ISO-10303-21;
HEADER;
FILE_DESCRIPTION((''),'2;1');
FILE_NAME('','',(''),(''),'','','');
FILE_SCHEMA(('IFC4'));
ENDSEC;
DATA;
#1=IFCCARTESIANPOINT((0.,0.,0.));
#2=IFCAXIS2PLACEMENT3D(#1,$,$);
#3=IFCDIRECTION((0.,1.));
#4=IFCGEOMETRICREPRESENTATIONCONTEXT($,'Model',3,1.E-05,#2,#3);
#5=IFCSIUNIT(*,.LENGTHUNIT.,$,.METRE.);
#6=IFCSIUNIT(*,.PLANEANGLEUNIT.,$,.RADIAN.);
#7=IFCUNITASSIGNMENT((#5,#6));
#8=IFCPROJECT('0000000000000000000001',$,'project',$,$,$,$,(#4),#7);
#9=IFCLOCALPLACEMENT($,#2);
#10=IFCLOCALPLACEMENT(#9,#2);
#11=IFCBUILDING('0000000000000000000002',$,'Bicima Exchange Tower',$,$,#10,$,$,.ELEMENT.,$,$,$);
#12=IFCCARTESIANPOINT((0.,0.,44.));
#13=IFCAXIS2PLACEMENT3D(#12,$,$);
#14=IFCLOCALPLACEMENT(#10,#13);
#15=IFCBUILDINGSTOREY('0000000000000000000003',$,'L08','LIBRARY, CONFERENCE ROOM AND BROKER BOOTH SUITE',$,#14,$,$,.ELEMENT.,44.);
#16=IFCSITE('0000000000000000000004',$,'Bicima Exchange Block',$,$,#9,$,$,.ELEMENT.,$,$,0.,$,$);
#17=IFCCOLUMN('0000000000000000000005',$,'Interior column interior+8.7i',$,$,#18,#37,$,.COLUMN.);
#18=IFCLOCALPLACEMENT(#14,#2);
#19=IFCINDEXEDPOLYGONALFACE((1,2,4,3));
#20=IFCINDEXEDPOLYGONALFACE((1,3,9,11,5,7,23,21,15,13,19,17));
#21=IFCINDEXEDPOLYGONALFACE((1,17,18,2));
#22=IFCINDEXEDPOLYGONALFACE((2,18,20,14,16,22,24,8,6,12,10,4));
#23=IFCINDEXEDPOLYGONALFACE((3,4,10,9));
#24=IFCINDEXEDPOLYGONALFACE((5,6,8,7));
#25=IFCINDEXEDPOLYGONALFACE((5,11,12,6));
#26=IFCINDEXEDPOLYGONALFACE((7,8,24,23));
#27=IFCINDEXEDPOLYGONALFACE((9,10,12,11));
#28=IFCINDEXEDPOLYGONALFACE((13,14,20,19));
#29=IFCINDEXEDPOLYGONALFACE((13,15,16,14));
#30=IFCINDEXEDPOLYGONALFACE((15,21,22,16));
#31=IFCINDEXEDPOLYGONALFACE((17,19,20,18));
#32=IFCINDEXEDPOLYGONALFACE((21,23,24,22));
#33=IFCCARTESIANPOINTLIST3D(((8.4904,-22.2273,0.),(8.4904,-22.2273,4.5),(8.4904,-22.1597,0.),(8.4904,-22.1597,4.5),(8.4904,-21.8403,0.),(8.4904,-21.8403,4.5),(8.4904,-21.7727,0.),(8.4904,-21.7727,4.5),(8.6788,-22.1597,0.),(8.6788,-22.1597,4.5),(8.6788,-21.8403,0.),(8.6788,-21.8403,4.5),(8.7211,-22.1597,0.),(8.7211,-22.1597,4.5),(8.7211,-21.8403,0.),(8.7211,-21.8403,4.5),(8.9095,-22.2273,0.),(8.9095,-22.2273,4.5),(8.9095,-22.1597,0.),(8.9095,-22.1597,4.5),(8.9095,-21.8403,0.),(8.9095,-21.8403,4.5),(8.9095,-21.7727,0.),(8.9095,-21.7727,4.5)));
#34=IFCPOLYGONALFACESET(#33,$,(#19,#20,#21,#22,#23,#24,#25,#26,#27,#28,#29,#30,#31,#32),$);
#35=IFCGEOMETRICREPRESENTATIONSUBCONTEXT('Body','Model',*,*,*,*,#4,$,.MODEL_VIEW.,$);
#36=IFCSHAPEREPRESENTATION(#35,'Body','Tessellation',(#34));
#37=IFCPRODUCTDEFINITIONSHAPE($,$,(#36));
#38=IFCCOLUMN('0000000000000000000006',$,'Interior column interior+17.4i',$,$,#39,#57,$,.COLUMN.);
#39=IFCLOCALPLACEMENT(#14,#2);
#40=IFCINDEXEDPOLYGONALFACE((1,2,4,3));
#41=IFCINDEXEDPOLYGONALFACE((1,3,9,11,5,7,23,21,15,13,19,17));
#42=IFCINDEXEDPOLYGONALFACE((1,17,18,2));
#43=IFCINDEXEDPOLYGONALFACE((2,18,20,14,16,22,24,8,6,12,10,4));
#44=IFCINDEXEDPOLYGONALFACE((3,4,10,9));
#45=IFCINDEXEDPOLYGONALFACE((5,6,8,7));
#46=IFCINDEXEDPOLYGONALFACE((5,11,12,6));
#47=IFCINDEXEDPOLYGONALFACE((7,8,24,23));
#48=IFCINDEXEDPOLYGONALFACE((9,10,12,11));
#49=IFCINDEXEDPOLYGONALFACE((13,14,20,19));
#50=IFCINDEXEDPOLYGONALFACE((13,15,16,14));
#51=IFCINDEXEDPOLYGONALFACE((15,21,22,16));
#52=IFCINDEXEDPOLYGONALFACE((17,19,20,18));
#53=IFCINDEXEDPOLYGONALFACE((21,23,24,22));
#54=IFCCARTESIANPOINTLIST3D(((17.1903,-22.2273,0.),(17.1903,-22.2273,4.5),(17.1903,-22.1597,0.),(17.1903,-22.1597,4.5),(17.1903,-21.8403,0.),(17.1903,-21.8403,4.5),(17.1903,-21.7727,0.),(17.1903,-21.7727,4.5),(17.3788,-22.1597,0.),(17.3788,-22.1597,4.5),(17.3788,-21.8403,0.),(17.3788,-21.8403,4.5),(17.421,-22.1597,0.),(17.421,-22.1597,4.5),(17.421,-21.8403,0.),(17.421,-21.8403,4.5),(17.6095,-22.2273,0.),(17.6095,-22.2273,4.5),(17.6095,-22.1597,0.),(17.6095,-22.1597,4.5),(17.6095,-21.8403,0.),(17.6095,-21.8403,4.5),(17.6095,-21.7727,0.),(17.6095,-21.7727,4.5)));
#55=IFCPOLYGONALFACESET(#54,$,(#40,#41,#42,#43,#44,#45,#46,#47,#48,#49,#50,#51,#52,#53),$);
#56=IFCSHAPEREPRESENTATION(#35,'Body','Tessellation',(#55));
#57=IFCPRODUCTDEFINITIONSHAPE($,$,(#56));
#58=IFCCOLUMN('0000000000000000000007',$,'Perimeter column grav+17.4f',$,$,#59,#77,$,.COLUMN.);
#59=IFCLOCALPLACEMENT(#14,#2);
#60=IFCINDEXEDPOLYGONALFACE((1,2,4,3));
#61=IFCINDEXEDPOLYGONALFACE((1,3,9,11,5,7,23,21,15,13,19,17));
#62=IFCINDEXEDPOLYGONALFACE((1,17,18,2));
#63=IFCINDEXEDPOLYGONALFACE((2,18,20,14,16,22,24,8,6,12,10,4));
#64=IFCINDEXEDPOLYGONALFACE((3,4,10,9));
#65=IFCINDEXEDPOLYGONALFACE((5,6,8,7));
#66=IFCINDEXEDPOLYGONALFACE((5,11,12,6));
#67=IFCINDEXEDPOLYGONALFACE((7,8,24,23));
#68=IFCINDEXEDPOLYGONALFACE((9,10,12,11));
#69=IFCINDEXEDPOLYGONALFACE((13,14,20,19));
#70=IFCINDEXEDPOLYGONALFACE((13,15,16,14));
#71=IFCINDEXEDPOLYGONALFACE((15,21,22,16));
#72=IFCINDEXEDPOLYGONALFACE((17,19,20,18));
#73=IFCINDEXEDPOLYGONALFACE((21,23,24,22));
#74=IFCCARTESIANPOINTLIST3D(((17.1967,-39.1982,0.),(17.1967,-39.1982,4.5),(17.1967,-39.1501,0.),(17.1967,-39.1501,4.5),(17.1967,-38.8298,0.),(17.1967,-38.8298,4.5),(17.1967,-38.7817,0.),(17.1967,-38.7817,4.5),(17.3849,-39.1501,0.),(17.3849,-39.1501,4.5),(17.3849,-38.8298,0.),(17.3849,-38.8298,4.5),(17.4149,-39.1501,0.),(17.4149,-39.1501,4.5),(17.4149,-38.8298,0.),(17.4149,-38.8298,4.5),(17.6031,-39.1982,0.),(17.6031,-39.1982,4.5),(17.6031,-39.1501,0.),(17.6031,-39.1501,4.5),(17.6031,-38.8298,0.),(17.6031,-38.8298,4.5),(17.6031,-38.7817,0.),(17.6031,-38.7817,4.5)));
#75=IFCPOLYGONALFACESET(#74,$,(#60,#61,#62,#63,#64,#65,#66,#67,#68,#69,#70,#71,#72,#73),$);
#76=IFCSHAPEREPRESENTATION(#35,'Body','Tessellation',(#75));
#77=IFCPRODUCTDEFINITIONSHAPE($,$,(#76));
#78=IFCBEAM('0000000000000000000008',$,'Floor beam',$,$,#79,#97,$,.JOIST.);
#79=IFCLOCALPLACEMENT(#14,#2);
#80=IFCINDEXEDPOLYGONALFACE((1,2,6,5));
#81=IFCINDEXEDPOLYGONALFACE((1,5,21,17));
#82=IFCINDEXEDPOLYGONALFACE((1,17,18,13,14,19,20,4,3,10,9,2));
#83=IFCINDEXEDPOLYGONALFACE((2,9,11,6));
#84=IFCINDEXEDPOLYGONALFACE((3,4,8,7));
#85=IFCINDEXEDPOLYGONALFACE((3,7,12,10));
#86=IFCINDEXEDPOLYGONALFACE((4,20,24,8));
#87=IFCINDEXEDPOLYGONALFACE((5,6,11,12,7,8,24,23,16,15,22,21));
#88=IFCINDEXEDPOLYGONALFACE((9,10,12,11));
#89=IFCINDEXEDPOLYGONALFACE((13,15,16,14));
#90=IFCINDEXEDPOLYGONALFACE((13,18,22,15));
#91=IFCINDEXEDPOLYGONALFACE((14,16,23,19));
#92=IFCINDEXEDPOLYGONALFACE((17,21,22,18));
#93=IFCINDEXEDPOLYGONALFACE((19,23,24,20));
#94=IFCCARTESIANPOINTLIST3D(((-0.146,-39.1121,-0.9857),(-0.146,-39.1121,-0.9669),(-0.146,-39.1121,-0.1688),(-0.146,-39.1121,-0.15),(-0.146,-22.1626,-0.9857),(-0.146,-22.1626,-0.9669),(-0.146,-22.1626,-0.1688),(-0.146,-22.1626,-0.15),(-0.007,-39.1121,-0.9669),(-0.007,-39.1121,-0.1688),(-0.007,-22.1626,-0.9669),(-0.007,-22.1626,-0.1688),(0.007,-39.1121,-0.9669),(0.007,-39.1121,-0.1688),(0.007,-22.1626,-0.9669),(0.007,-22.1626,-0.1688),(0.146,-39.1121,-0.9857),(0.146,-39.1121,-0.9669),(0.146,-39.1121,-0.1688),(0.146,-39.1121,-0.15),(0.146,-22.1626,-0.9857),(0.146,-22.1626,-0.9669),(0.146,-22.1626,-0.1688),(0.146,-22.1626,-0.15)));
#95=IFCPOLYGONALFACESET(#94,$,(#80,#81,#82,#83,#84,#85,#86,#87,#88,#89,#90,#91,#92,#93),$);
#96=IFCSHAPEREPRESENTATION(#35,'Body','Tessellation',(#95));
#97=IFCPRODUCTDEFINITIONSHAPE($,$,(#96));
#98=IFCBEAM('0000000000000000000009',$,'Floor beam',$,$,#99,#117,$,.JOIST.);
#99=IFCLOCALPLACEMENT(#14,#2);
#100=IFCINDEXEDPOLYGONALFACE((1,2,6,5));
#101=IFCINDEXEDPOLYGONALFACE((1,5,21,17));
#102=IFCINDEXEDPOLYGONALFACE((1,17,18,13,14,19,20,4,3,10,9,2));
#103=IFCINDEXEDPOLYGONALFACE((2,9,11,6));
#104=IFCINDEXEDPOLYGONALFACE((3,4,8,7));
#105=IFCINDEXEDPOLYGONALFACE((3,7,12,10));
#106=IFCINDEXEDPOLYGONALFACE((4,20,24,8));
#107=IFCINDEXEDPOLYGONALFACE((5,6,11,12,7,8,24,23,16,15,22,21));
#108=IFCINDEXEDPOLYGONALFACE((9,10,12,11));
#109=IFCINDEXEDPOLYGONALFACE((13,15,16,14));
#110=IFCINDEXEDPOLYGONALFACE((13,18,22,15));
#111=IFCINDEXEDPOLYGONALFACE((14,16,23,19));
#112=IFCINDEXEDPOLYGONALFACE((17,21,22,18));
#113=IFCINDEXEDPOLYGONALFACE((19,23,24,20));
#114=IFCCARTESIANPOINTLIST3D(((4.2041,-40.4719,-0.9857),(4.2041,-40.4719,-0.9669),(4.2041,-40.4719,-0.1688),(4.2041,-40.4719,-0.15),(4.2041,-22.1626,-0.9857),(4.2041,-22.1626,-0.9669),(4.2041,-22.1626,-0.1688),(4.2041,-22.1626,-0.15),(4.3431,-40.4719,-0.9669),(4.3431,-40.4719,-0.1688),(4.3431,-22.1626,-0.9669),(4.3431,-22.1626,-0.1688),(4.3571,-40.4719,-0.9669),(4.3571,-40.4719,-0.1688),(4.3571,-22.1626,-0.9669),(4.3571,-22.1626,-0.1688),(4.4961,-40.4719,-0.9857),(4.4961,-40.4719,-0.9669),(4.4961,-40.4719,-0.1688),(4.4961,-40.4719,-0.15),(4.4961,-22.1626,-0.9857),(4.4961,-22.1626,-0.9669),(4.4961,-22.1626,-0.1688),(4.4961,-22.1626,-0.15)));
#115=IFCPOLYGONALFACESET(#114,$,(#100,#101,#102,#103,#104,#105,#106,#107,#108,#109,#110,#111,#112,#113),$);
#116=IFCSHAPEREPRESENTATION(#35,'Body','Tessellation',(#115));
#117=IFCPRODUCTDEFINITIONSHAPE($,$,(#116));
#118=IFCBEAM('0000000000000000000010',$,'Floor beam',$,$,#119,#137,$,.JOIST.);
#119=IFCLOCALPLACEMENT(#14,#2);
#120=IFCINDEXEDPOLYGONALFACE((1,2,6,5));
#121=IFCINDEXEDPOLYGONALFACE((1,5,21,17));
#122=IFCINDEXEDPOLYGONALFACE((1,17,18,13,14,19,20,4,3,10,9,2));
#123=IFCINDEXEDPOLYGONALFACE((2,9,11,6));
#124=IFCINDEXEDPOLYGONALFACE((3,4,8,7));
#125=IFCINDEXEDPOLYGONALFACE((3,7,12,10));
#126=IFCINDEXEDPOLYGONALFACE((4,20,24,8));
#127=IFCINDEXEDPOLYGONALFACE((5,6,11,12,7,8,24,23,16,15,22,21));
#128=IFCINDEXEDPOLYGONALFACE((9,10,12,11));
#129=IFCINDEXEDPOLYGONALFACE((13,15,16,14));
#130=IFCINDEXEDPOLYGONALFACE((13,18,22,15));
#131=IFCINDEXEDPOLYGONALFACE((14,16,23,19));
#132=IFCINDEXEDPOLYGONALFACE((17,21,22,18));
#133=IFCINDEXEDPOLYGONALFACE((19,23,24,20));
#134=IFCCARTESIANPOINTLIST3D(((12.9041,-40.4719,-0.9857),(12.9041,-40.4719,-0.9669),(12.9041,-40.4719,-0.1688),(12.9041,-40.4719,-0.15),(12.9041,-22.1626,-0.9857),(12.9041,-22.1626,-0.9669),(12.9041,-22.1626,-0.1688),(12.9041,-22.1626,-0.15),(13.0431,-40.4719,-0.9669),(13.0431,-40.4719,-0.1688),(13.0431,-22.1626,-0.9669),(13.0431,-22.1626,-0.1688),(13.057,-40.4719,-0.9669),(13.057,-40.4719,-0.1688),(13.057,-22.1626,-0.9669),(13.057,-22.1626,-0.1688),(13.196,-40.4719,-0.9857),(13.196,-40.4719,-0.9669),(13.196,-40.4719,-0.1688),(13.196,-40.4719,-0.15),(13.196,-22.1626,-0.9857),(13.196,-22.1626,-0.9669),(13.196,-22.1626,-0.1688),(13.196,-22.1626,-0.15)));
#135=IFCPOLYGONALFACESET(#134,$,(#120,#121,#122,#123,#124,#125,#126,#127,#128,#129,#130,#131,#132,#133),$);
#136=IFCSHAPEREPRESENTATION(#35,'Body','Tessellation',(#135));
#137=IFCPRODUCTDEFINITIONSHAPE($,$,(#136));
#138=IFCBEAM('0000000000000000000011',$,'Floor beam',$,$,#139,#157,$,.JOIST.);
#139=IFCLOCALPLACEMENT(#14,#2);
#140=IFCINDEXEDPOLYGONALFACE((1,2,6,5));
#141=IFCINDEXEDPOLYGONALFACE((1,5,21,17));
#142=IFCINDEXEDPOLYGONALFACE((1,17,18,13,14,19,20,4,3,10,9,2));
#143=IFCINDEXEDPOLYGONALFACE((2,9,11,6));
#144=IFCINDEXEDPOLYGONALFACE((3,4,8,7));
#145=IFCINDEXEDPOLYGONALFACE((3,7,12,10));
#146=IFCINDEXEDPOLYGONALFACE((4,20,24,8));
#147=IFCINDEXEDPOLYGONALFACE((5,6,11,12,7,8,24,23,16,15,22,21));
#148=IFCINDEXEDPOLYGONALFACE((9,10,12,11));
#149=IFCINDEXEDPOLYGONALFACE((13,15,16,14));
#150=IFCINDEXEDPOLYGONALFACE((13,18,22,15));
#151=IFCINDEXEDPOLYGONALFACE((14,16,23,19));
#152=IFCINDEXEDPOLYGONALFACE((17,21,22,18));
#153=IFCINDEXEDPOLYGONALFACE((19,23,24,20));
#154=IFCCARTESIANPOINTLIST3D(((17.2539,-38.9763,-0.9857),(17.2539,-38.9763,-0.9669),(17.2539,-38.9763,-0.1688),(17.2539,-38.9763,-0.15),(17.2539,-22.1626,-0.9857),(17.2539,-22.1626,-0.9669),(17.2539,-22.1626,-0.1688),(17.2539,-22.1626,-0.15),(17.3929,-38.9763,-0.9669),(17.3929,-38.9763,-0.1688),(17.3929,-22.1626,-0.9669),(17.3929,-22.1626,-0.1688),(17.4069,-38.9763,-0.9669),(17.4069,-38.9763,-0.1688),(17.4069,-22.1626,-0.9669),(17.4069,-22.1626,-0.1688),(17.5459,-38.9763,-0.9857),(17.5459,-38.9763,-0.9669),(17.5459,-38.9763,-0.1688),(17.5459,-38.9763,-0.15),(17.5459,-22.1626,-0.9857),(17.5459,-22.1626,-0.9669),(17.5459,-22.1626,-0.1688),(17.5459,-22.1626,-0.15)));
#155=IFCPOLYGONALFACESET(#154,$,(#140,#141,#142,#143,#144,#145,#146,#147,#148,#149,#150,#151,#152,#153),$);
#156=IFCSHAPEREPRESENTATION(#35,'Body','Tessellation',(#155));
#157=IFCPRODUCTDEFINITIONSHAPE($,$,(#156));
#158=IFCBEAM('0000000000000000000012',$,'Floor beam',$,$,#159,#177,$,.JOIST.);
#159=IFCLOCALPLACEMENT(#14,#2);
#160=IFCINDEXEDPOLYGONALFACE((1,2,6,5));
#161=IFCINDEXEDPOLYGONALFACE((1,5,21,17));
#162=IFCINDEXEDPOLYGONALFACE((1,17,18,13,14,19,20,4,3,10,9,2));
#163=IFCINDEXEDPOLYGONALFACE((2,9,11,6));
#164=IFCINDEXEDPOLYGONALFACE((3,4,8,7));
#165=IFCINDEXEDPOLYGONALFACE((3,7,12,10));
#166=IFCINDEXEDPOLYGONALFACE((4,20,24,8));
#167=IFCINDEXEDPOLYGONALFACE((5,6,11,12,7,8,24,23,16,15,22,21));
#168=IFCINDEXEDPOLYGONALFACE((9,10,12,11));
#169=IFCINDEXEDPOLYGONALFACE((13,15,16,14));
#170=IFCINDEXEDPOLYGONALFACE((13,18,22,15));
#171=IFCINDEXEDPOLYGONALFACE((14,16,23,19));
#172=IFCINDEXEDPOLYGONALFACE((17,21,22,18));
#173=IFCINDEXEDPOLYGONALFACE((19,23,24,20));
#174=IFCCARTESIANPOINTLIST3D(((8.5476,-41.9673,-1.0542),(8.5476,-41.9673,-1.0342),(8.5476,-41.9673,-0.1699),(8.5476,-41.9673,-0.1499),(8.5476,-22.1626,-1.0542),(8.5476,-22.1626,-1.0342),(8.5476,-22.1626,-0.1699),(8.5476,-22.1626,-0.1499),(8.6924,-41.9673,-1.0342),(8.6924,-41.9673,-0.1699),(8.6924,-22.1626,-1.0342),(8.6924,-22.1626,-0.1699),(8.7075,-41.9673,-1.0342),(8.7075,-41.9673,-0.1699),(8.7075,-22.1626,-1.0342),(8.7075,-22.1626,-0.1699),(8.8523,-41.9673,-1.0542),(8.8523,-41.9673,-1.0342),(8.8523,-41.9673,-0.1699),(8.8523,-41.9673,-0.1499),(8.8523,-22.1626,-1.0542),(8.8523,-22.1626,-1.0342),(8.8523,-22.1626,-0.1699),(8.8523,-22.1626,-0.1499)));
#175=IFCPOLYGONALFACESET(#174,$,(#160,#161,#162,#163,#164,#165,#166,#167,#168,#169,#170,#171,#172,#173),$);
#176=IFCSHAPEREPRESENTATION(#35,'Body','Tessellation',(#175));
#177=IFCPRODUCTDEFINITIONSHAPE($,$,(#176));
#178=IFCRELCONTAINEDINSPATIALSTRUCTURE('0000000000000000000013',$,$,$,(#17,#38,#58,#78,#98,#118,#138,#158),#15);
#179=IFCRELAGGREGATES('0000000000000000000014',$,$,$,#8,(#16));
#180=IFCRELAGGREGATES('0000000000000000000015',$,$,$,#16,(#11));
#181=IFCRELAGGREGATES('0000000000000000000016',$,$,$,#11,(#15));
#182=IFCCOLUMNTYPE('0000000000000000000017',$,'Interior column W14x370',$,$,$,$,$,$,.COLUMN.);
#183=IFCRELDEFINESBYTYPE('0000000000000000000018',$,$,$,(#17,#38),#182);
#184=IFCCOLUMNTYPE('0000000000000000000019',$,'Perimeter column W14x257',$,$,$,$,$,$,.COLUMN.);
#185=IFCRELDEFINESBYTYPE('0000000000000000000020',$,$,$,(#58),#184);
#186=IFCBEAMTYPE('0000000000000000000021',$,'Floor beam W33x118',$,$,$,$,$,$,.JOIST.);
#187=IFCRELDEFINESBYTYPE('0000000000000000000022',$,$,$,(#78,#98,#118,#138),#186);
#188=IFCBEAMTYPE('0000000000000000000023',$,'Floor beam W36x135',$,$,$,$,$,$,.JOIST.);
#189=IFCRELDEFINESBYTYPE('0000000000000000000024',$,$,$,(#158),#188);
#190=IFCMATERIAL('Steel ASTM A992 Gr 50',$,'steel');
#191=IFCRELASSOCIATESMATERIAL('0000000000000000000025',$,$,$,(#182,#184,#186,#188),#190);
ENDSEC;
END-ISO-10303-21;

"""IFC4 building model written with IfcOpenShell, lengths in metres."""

from ifc_helpers import new_model, si_unit, direction, frame, origin, origin_2d, place, context, subcontext, project, spatial, i_section, extrude, material, material_profile, profile_set, type_object, element, save


model = new_model("IFC4")

# Units and contexts
model_context = context("Model", 3, precision=1e-05, world=origin(), true_north=direction((0.0, 1.0)))
body_context = subcontext(model_context, "Body", "Model", "MODEL_VIEW")
ifc_project = project(units=[si_unit("LENGTHUNIT", "METRE"), si_unit("PLANEANGLEUNIT", "RADIAN")], contexts=[model_context])

# Site, building, storey
site_placement = place(None, origin())
site = spatial("IfcSite", under=ifc_project, at=site_placement, Name="Bicima Exchange Block", CompositionType="ELEMENT", RefElevation=0.0)
building_placement = place(site_placement, origin())
building = spatial("IfcBuilding", under=site, at=building_placement, Name="Bicima Exchange Tower", CompositionType="ELEMENT")
storey_placement = place(building_placement, frame((0.0, 0.0, 44.0)))
storey = spatial("IfcBuildingStorey", under=building, at=storey_placement, Name="L08", Description="LIBRARY, CONFERENCE ROOM AND BROKER BOOTH SUITE", CompositionType="ELEMENT", Elevation=44.0)

# Columns
ifc_material_1 = material(Name="Steel ASTM A992 Gr 50", Category="steel")
ifc_material_profile_1 = material_profile(ifc_material_1, i_section(OverallWidth=0.4192, OverallDepth=0.4546, WebThickness=0.0422, FlangeThickness=0.0676, at=origin_2d()))
ifc_profile_set_1 = profile_set([ifc_material_profile_1], Name="Steel ASTM A992 Gr 50")
column_type_1 = type_object("IfcColumnType", Name="Interior column W14x370", PredefinedType="COLUMN", material=ifc_profile_set_1)
for number, where, z_axis, x_axis, name in (
    (1, (8.7, -22.0, 0.0), (0.0, 0.0, 1.0), (1.0, 0.0, 0.0), "Interior column interior+8.7i"),
    (2, (17.3999, -22.0, 0.0), (0.0, 0.0, 1.0), (1.0, 0.0, 0.0), "Interior column interior+17.4i"),
):
    element("IfcColumn", number, at=place(storey_placement, frame(where, z_axis=z_axis, x_axis=x_axis)), inside=storey, type_object=column_type_1, Name=name, PredefinedType="COLUMN", context=body_context, shape_type="SweptSolid", body=[
        extrude(i_section(OverallWidth=0.4192, OverallDepth=0.4546, WebThickness=0.0422, FlangeThickness=0.0676, at=origin_2d()), origin(), (0.0, 0.0, 1.0), 4.5),
    ])
ifc_material_profile_2 = material_profile(ifc_material_1, i_section(OverallWidth=0.4065, OverallDepth=0.4165, WebThickness=0.03, FlangeThickness=0.0481, at=origin_2d()))
ifc_profile_set_2 = profile_set([ifc_material_profile_2], Name="Steel ASTM A992 Gr 50")
column_type_2 = type_object("IfcColumnType", Name="Perimeter column W14x257", PredefinedType="COLUMN", material=ifc_profile_set_2)
column_placement = place(storey_placement, frame((17.3999, -38.99, 0.0), z_axis=(0.0, 0.0, 1.0), x_axis=(1.0, 0.0, 0.0)))
element("IfcColumn", 3, at=column_placement, inside=storey, type_object=column_type_2, Name="Perimeter column grav+17.4f", PredefinedType="COLUMN", context=body_context, shape_type="SweptSolid", body=[
    extrude(i_section(OverallWidth=0.4065, OverallDepth=0.4165, WebThickness=0.03, FlangeThickness=0.0481, at=origin_2d()), origin(), (0.0, 0.0, 1.0), 4.5),
])

# Beams
ifc_material_profile_3 = material_profile(ifc_material_1, i_section(OverallWidth=0.292, OverallDepth=0.8357, WebThickness=0.0139, FlangeThickness=0.0188, at=origin_2d()))
ifc_profile_set_3 = profile_set([ifc_material_profile_3], Name="Steel ASTM A992 Gr 50")
beam_type_1 = type_object("IfcBeamType", Name="Floor beam W33x118", PredefinedType="JOIST", material=ifc_profile_set_3)
beam_1_placement = place(storey_placement, frame((0.0, -22.1626, -0.5679), z_axis=(0.0, -1.0, 0.0), x_axis=(1.0, 0.0, 0.0)))
element("IfcBeam", 4, at=beam_1_placement, inside=storey, type_object=beam_type_1, Name="Floor beam", PredefinedType="JOIST", context=body_context, shape_type="SweptSolid", body=[
    extrude(i_section(OverallWidth=0.292, OverallDepth=0.8357, WebThickness=0.0139, FlangeThickness=0.0188, at=origin_2d()), origin(), (0.0, 0.0, 1.0), 16.9495),
])
for number, where, z_axis, x_axis, name in (
    (5, (4.3501, -22.1626, -0.5679), (0.0, -1.0, 0.0), (1.0, 0.0, 0.0), "Floor beam"),
    (6, (13.05, -22.1626, -0.5679), (0.0, -1.0, 0.0), (1.0, 0.0, 0.0), "Floor beam"),
):
    element("IfcBeam", number, at=place(storey_placement, frame(where, z_axis=z_axis, x_axis=x_axis)), inside=storey, type_object=beam_type_1, Name=name, PredefinedType="JOIST", context=body_context, shape_type="SweptSolid", body=[
        extrude(i_section(OverallWidth=0.292, OverallDepth=0.8357, WebThickness=0.0139, FlangeThickness=0.0188, at=origin_2d()), origin(), (0.0, 0.0, 1.0), 18.3093),
    ])
beam_2_placement = place(storey_placement, frame((17.3999, -22.1626, -0.5679), z_axis=(0.0, -1.0, 0.0), x_axis=(1.0, 0.0, 0.0)))
element("IfcBeam", 7, at=beam_2_placement, inside=storey, type_object=beam_type_1, Name="Floor beam", PredefinedType="JOIST", context=body_context, shape_type="SweptSolid", body=[
    extrude(i_section(OverallWidth=0.292, OverallDepth=0.8357, WebThickness=0.0139, FlangeThickness=0.0188, at=origin_2d()), origin(), (0.0, 0.0, 1.0), 16.8137),
])
ifc_material_profile_4 = material_profile(ifc_material_1, i_section(OverallWidth=0.3047, OverallDepth=0.9043, WebThickness=0.0151, FlangeThickness=0.02, at=origin_2d()))
ifc_profile_set_4 = profile_set([ifc_material_profile_4], Name="Steel ASTM A992 Gr 50")
beam_type_2 = type_object("IfcBeamType", Name="Floor beam W36x135", PredefinedType="JOIST", material=ifc_profile_set_4)
beam_3_placement = place(storey_placement, frame((8.7, -22.1626, -0.6021), z_axis=(0.0, -1.0, 0.0), x_axis=(1.0, 0.0, 0.0)))
element("IfcBeam", 8, at=beam_3_placement, inside=storey, type_object=beam_type_2, Name="Floor beam", PredefinedType="JOIST", context=body_context, shape_type="SweptSolid", body=[
    extrude(i_section(OverallWidth=0.3047, OverallDepth=0.9043, WebThickness=0.0151, FlangeThickness=0.02, at=origin_2d()), origin(), (0.0, 0.0, 1.0), 19.8047),
])

save(model, "model.ifc")
